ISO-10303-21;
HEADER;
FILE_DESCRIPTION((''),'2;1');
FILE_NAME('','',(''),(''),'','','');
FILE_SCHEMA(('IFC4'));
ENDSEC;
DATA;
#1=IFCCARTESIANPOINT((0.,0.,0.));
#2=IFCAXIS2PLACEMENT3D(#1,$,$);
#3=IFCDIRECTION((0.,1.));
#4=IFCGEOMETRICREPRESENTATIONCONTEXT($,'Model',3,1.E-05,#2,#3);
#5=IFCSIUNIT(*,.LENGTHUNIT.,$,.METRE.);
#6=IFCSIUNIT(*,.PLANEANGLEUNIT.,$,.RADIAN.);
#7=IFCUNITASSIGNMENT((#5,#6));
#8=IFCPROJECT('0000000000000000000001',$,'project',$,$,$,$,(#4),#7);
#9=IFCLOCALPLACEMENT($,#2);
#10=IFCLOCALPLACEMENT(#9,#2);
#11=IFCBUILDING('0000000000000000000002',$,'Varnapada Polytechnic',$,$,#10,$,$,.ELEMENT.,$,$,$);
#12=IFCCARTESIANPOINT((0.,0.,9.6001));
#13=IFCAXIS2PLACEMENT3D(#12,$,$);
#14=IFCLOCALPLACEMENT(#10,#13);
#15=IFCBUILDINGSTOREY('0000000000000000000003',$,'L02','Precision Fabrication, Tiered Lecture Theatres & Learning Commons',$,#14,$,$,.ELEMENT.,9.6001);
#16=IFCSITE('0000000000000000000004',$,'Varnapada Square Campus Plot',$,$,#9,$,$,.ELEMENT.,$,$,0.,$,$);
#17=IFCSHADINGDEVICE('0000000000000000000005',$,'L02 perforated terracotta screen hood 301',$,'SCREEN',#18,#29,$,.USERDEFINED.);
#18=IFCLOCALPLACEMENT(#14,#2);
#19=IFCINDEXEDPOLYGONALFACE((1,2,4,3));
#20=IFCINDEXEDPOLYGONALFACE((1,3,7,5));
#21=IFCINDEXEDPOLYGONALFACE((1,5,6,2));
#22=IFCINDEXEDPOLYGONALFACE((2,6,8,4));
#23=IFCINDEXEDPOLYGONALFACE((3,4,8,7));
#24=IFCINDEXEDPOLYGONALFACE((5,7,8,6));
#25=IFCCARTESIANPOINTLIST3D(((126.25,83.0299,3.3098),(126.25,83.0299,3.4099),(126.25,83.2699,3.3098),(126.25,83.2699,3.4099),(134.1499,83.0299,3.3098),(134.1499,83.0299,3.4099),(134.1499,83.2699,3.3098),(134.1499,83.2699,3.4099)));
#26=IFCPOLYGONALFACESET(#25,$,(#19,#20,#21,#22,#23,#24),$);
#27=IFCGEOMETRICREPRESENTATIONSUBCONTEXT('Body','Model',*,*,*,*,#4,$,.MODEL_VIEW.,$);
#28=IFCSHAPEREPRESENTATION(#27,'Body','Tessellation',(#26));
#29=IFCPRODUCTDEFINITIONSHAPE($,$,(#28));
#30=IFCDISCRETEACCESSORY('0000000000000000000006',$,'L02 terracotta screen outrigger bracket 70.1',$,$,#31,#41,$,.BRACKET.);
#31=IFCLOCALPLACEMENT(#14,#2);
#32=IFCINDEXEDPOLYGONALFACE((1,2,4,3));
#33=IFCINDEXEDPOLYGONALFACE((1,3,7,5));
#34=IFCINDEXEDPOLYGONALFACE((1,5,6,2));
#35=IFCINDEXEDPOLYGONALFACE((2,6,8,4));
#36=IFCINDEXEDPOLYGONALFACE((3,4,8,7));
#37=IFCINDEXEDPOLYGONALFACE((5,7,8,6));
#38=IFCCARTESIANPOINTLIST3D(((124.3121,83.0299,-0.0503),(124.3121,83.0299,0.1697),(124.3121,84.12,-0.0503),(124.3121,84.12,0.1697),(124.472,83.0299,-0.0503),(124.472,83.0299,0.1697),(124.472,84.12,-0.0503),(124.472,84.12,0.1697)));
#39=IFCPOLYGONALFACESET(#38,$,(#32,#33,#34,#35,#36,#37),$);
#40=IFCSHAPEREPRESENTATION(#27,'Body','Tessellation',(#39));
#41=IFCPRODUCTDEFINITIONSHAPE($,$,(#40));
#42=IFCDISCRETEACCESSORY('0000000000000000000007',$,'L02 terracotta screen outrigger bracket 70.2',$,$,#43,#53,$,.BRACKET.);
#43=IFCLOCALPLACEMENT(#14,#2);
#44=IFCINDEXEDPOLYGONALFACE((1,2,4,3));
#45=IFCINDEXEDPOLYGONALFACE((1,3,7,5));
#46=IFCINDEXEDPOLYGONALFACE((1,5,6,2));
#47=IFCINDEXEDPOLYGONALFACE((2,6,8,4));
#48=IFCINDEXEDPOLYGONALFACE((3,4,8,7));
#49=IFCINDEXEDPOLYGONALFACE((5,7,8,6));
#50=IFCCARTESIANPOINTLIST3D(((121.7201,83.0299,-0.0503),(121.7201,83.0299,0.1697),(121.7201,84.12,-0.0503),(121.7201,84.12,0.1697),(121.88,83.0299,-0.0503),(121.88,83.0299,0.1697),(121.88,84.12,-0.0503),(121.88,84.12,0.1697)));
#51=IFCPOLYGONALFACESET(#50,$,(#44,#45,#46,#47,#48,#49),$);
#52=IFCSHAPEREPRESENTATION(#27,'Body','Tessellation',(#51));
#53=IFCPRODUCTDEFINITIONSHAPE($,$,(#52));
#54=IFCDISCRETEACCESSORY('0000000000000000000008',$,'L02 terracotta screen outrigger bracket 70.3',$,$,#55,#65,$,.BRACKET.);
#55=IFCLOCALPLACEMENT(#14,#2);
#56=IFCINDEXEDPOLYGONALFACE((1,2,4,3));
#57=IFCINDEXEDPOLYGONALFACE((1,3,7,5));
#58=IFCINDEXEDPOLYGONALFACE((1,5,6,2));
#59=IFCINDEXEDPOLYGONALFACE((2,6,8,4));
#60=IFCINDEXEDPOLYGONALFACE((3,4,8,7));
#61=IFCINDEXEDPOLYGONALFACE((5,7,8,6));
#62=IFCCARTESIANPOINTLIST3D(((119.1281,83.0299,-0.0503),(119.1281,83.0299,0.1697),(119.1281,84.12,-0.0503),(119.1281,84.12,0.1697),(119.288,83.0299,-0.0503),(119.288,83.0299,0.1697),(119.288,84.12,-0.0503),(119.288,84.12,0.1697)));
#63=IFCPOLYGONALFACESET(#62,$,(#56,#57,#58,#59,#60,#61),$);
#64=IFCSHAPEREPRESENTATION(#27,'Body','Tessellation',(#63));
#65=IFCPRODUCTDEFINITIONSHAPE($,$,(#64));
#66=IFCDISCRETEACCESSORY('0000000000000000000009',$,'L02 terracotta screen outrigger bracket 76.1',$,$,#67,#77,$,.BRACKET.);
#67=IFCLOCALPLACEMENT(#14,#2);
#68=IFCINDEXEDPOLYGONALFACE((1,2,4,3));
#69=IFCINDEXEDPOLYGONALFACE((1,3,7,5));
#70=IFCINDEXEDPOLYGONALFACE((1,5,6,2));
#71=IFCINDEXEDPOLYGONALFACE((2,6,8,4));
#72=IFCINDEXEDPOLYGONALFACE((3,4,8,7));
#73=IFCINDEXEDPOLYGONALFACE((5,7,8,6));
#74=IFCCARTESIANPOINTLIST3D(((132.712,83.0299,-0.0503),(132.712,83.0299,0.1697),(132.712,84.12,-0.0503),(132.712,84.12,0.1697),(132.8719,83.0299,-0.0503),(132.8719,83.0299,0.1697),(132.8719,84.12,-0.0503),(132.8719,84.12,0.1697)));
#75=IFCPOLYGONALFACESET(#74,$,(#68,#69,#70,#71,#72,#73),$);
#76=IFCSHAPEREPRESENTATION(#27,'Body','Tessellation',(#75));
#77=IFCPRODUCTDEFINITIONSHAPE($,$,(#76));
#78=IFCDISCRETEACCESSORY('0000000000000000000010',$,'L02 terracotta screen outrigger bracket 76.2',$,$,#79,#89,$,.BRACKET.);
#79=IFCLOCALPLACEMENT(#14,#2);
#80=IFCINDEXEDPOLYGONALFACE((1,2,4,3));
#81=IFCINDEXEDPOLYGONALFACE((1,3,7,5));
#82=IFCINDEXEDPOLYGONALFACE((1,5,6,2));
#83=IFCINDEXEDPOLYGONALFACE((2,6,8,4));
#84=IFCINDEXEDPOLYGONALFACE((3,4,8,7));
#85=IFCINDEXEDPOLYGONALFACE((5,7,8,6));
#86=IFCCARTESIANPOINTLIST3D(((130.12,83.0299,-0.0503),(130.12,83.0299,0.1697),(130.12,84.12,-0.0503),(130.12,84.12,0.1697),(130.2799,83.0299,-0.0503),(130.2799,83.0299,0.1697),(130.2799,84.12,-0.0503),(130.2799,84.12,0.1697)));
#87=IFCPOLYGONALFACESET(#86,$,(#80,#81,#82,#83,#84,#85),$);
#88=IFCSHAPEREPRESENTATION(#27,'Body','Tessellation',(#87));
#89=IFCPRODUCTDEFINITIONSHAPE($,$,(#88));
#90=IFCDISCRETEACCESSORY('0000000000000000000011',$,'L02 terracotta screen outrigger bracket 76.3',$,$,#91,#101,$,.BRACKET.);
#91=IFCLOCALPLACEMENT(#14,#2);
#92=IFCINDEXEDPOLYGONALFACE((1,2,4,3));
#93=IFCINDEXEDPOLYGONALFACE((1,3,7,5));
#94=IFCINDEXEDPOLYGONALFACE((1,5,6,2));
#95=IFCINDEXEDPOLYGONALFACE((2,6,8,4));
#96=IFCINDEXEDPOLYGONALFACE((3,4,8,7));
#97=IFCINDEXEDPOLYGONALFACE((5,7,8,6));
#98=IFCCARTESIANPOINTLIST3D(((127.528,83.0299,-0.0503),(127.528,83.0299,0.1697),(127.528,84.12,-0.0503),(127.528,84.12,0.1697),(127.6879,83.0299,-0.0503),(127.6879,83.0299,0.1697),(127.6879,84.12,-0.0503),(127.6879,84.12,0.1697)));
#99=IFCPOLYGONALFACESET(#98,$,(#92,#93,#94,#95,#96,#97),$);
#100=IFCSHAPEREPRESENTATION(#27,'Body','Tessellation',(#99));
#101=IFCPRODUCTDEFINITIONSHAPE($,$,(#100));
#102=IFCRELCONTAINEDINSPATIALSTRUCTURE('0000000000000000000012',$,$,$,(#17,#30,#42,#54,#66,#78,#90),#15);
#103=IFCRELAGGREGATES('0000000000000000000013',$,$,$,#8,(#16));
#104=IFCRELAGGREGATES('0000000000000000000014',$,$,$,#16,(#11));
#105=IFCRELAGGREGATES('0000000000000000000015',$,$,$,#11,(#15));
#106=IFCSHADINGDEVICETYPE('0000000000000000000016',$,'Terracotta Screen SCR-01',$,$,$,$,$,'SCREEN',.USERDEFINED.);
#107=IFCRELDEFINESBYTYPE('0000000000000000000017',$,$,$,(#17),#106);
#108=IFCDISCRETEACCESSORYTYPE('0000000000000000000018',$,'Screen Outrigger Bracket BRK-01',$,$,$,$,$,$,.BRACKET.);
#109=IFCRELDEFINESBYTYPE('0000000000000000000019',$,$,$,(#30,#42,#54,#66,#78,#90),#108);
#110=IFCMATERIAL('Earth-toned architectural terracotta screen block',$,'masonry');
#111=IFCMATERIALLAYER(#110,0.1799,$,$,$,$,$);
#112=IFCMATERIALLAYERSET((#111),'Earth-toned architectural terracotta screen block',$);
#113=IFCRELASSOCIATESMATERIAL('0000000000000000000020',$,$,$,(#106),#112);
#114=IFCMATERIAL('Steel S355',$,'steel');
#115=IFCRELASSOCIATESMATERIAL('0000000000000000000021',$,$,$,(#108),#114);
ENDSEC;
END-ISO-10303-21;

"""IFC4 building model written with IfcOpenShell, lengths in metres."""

from ifc_helpers import new_model, si_unit, direction, frame, origin, origin_2d, place, context, subcontext, project, spatial, rectangle, extrude, material, layer, layer_set, type_object, element, save


model = new_model("IFC4")

# Units and contexts
model_context = context("Model", 3, precision=1e-05, world=origin(), true_north=direction((0.0, 1.0)))
body_context = subcontext(model_context, "Body", "Model", "MODEL_VIEW")
ifc_project = project(units=[si_unit("LENGTHUNIT", "METRE"), si_unit("PLANEANGLEUNIT", "RADIAN")], contexts=[model_context])

# Site, building, storey
site_placement = place(None, origin())
site = spatial("IfcSite", under=ifc_project, at=site_placement, Name="Varnapada Square Campus Plot", CompositionType="ELEMENT", RefElevation=0.0)
building_placement = place(site_placement, origin())
building = spatial("IfcBuilding", under=site, at=building_placement, Name="Varnapada Polytechnic", CompositionType="ELEMENT")
storey_placement = place(building_placement, frame((0.0, 0.0, 9.6001)))
storey = spatial("IfcBuildingStorey", under=building, at=storey_placement, Name="L02", Description="Precision Fabrication, Tiered Lecture Theatres & Learning Commons", CompositionType="ELEMENT", Elevation=9.6001)

# Shared definitions
ifc_material_1 = material(Name="Earth-toned architectural terracotta screen block", Category="masonry")

# Shading device
ifc_layer_1 = layer(ifc_material_1, 0.1799)
ifc_layer_set_1 = layer_set([ifc_layer_1], Name="Earth-toned architectural terracotta screen block")
shading_device_type_1 = type_object("IfcShadingDeviceType", Name="Terracotta Screen SCR-01", ElementType="SCREEN", PredefinedType="USERDEFINED", material=ifc_layer_set_1)
for number, where, z_axis, x_axis, name in (
    (1, (130.2, 83.1499, 3.3098), (0.0, 0.0, 1.0), (-1.0, 0.0, 0.0), "L02 perforated terracotta screen hood 301"),
):
    element("IfcShadingDevice", number, at=place(storey_placement, frame(where, z_axis=z_axis, x_axis=x_axis)), inside=storey, type_object=shading_device_type_1, Name=name, ObjectType="SCREEN", PredefinedType="USERDEFINED", context=body_context, shape_type="SweptSolid", body=[
        extrude(rectangle(XDim=7.8999, YDim=0.24, at=origin_2d()), origin(), (0.0, 0.0, 1.0), 0.1001),
    ])

# Discrete accessories
ifc_material_2 = material(Name="Steel S355", Category="steel")
discrete_accessory_type = type_object("IfcDiscreteAccessoryType", Name="Screen Outrigger Bracket BRK-01", PredefinedType="BRACKET", material=ifc_material_2)
for number, where, z_axis, x_axis, name in (
    (2, (124.3921, 83.575, -0.0503), (0.0, 0.0, 1.0), (-1.0, 0.0, 0.0), "L02 terracotta screen outrigger bracket 70.1"),
    (3, (121.8, 83.575, -0.0503), (0.0, 0.0, 1.0), (-1.0, 0.0, 0.0), "L02 terracotta screen outrigger bracket 70.2"),
    (4, (119.208, 83.575, -0.0503), (0.0, 0.0, 1.0), (-1.0, 0.0, 0.0), "L02 terracotta screen outrigger bracket 70.3"),
    (5, (132.792, 83.575, -0.0503), (0.0, 0.0, 1.0), (-1.0, 0.0, 0.0), "L02 terracotta screen outrigger bracket 76.1"),
    (6, (130.2, 83.575, -0.0503), (0.0, 0.0, 1.0), (-1.0, 0.0, 0.0), "L02 terracotta screen outrigger bracket 76.2"),
    (7, (127.6079, 83.575, -0.0503), (0.0, 0.0, 1.0), (-1.0, 0.0, 0.0), "L02 terracotta screen outrigger bracket 76.3"),
):
    element("IfcDiscreteAccessory", number, at=place(storey_placement, frame(where, z_axis=z_axis, x_axis=x_axis)), inside=storey, type_object=discrete_accessory_type, Name=name, PredefinedType="BRACKET", context=body_context, shape_type="SweptSolid", body=[
        extrude(rectangle(XDim=0.1599, YDim=1.0901, at=origin_2d()), origin(), (0.0, 0.0, 1.0), 0.22),
    ])

save(model, "model.ifc")
